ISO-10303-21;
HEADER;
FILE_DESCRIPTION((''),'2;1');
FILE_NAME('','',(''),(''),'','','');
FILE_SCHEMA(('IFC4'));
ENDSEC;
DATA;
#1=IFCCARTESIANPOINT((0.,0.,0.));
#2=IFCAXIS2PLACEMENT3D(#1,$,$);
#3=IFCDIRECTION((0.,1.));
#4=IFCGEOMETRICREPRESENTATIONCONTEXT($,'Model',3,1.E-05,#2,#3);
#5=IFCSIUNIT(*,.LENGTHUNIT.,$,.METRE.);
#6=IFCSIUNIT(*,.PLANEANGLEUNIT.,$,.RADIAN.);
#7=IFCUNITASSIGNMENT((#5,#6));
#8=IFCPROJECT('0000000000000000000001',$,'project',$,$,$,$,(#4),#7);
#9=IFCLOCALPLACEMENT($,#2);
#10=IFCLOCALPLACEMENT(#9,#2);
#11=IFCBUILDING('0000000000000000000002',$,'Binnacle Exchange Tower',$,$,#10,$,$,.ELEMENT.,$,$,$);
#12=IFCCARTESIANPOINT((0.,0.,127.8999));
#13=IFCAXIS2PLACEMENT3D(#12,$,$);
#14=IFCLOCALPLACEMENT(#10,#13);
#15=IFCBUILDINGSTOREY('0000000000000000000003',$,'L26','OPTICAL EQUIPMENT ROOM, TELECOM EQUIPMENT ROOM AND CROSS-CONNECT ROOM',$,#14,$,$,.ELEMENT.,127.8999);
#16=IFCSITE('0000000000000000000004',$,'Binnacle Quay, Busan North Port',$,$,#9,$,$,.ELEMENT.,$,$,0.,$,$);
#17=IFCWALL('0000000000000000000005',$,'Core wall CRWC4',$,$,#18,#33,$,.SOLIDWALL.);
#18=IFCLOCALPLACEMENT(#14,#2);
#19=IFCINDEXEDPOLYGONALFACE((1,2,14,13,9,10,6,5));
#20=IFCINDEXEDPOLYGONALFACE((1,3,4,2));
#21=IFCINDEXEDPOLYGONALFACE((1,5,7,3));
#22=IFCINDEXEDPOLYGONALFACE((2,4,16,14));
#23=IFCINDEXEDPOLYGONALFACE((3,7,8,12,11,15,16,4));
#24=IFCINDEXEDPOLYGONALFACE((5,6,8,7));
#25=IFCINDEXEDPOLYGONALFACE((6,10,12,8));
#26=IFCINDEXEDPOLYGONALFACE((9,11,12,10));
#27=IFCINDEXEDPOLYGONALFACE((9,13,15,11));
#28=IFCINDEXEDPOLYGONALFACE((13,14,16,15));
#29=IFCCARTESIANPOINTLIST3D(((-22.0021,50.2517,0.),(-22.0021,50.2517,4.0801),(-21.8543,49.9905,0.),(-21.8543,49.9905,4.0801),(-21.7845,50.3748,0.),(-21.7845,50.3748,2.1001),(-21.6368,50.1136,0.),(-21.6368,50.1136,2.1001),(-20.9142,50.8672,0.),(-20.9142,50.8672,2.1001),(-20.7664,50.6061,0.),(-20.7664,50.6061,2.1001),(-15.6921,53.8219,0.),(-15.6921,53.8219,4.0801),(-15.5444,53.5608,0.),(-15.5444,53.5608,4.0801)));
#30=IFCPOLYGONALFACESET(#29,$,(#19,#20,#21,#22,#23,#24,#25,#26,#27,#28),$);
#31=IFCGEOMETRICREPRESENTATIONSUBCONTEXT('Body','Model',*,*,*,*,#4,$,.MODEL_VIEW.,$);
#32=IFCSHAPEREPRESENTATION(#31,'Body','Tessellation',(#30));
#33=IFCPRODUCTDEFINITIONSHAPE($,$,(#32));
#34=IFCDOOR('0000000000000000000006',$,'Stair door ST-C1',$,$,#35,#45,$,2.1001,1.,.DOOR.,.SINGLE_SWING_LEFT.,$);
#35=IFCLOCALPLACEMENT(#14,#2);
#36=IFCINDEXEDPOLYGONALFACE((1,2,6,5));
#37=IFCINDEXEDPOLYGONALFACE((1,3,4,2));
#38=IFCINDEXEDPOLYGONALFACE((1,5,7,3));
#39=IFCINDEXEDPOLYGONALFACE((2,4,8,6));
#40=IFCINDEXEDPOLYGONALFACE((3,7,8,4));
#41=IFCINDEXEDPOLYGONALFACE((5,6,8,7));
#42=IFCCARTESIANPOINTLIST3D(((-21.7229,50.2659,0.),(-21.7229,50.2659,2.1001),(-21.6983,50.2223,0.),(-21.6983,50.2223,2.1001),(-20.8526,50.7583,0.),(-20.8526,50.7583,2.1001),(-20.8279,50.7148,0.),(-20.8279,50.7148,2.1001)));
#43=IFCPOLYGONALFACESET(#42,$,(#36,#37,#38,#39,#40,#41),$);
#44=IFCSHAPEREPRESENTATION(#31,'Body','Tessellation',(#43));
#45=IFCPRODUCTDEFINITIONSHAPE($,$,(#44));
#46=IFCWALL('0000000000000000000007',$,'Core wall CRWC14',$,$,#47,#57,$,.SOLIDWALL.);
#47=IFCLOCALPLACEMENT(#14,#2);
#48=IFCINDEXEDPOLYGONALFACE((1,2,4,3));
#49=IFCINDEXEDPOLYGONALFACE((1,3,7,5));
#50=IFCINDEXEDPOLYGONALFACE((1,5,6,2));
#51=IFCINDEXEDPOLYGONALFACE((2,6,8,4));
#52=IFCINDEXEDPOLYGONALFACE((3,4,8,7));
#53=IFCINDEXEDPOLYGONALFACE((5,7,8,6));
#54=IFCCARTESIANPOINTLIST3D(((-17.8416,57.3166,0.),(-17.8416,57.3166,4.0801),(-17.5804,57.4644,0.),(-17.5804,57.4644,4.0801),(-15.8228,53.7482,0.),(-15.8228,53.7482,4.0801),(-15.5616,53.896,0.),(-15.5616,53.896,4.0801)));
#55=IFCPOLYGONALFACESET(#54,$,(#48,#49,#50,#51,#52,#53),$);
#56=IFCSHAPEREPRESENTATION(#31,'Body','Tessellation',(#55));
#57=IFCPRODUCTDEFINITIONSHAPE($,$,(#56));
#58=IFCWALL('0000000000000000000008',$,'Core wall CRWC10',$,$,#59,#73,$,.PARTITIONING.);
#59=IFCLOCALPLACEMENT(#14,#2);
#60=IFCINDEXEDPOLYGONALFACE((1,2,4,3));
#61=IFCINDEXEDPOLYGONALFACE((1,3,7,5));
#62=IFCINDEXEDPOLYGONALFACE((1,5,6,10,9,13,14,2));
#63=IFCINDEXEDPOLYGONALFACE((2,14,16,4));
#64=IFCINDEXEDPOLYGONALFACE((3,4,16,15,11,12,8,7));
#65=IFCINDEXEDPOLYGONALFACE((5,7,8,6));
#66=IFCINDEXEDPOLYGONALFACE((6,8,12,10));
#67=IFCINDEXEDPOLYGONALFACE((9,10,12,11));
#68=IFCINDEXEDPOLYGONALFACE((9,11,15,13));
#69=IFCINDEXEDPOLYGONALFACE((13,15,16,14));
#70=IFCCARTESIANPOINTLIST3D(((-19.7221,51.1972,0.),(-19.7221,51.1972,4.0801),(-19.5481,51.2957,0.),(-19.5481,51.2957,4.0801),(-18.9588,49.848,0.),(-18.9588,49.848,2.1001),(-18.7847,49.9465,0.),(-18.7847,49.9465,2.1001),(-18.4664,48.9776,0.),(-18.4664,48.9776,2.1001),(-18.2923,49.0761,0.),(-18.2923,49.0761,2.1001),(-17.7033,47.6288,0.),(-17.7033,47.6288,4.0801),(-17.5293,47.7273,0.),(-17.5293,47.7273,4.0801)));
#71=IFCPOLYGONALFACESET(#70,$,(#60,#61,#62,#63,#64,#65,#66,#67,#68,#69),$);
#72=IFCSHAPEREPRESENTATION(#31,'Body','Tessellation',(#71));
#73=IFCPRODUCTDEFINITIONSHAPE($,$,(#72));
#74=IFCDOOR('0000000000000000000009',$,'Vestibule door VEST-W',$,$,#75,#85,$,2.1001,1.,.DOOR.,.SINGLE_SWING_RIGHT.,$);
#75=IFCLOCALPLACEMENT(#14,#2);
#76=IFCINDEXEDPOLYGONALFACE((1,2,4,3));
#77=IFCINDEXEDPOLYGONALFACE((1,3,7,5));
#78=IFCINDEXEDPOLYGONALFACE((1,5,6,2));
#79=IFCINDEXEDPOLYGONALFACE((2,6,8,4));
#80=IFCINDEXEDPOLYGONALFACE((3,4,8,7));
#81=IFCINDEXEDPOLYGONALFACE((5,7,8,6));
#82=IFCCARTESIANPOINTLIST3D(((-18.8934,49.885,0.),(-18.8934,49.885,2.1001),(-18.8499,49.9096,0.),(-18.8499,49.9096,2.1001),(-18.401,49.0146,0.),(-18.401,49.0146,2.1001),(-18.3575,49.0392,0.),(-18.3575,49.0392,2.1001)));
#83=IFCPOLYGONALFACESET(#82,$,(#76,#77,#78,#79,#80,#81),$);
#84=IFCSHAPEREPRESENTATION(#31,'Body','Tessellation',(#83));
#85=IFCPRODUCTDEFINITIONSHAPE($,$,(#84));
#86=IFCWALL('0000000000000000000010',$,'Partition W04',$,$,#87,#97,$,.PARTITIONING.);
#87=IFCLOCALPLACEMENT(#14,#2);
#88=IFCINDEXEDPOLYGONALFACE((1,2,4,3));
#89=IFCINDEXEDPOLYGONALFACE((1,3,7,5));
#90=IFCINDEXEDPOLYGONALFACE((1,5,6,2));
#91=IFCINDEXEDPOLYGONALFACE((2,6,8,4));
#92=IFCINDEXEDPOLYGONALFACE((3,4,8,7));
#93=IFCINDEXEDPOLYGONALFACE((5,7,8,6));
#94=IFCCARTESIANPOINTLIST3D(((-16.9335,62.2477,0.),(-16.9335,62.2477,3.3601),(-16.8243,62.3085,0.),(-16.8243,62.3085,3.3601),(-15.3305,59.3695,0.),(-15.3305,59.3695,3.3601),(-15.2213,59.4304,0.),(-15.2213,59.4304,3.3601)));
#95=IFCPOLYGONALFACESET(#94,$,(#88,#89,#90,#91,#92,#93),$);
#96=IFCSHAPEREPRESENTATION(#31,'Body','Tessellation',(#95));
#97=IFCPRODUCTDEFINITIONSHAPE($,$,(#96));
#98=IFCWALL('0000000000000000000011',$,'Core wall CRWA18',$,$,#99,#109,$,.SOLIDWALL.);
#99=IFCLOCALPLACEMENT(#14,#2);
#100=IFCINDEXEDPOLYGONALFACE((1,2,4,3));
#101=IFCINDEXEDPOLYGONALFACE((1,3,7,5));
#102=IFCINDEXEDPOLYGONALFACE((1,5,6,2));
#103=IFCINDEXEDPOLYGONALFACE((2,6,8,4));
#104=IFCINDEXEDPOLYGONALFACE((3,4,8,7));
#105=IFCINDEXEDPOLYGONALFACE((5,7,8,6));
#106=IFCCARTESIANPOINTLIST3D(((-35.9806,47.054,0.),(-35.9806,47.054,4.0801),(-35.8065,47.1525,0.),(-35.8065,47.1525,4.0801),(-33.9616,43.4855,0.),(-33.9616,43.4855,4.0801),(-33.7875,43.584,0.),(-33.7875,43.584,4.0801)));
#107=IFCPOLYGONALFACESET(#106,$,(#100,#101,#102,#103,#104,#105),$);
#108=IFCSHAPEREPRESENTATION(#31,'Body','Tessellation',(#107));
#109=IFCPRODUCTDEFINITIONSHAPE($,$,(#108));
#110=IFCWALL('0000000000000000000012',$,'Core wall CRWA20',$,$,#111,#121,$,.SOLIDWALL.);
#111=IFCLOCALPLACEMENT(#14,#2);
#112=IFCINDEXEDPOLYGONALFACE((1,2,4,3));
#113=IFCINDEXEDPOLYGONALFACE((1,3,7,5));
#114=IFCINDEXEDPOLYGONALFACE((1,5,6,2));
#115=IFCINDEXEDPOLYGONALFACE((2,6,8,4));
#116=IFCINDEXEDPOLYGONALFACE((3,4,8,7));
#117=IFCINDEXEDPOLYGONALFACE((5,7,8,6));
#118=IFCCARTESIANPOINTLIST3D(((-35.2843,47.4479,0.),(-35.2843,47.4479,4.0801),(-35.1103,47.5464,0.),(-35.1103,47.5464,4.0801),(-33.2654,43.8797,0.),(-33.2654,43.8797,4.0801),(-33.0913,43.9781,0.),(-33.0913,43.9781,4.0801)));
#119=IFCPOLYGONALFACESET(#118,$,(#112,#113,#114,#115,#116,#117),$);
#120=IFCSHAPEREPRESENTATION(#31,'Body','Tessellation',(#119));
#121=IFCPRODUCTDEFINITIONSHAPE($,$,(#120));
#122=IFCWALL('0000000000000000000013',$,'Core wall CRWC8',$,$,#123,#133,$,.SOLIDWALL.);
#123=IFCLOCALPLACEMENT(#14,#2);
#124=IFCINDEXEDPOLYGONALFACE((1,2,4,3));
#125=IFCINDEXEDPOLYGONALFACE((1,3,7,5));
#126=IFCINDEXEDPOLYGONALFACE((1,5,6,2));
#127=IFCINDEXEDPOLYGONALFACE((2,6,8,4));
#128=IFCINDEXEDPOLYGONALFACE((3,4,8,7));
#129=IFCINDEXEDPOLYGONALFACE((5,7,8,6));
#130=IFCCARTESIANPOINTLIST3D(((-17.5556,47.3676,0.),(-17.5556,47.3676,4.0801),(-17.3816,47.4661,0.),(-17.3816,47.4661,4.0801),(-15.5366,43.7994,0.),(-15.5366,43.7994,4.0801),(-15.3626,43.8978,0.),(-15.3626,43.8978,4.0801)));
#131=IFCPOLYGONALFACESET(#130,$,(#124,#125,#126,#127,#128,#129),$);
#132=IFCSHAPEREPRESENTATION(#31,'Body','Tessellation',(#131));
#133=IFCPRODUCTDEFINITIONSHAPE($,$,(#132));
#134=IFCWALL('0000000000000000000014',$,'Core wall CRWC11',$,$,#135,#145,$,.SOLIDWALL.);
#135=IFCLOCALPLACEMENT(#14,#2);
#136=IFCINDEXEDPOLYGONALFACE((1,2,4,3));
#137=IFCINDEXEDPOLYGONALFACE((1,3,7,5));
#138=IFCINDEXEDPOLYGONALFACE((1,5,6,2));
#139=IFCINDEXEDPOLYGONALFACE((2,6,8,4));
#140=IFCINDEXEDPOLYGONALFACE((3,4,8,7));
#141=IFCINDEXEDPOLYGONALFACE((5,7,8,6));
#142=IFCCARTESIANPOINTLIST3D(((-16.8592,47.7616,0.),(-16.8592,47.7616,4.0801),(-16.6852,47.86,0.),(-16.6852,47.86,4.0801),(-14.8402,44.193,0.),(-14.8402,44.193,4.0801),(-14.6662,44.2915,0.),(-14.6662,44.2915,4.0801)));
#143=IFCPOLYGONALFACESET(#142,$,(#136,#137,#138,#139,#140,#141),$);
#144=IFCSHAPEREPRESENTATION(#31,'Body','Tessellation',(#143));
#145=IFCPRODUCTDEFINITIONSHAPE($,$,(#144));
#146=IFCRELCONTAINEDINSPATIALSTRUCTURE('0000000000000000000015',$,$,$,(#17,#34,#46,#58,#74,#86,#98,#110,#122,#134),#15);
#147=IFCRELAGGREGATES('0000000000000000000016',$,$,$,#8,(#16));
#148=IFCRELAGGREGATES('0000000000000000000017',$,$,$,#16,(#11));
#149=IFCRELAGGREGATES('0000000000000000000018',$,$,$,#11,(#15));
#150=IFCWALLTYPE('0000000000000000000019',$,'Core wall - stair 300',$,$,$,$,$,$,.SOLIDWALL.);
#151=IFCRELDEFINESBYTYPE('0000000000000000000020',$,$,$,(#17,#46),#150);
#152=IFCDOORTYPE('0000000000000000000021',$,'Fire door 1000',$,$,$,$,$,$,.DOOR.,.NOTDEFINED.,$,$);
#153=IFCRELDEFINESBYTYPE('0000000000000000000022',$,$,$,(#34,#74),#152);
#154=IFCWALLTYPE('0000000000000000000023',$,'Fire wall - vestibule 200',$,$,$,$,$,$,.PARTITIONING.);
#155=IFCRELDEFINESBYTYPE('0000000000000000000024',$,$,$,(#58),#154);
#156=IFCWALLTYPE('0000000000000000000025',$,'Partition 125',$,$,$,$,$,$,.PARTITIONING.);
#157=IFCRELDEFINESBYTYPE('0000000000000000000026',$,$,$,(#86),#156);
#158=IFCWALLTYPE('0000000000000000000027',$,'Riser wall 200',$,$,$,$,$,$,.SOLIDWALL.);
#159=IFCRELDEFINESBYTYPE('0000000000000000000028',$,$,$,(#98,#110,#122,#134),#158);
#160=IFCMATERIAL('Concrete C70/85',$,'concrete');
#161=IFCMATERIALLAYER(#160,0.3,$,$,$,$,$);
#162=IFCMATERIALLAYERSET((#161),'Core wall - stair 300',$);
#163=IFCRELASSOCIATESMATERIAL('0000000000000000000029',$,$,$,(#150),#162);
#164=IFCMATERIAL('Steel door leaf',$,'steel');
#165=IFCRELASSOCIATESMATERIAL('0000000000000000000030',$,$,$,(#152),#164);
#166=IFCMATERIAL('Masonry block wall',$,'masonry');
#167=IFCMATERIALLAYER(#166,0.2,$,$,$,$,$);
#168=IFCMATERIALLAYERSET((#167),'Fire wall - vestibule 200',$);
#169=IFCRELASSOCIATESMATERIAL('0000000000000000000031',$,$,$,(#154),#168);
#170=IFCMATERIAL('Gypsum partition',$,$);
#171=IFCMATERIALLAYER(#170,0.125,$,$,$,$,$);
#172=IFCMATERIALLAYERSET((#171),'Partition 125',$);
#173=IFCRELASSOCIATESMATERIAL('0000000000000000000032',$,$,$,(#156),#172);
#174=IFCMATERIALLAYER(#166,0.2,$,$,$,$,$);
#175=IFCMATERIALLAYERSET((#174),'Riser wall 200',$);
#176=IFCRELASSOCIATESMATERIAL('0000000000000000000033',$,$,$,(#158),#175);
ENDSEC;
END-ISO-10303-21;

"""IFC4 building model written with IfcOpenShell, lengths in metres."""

from ifc_helpers import new_model, si_unit, direction, frame, frame_2d, origin, place, context, subcontext, project, spatial, rectangle, extrude, material, layer, layer_set, type_object, element, fill, save


model = new_model("IFC4")

# Units and contexts
model_context = context("Model", 3, precision=1e-05, world=origin(), true_north=direction((0.0, 1.0)))
body_context = subcontext(model_context, "Body", "Model", "MODEL_VIEW")
ifc_project = project(units=[si_unit("LENGTHUNIT", "METRE"), si_unit("PLANEANGLEUNIT", "RADIAN")], contexts=[model_context])

# Site, building, storey
site_placement = place(None, origin())
site = spatial("IfcSite", under=ifc_project, at=site_placement, Name="Binnacle Quay, Busan North Port", CompositionType="ELEMENT", RefElevation=0.0)
building_placement = place(site_placement, origin())
building = spatial("IfcBuilding", under=site, at=building_placement, Name="Binnacle Exchange Tower", CompositionType="ELEMENT")
storey_placement = place(building_placement, frame((0.0, 0.0, 127.8999)))
storey = spatial("IfcBuildingStorey", under=building, at=storey_placement, Name="L26", Description="OPTICAL EQUIPMENT ROOM, TELECOM EQUIPMENT ROOM AND CROSS-CONNECT ROOM", CompositionType="ELEMENT", Elevation=127.8999)

# Shared definitions
ifc_material_1 = material(Name="Concrete C70/85", Category="concrete")

# Shared definitions
ifc_material_2 = material(Name="Steel door leaf", Category="steel")

# Wall, opening, door
ifc_layer_1 = layer(ifc_material_1, 0.3)
ifc_layer_set_1 = layer_set([ifc_layer_1], Name="Core wall - stair 300")
wall_type_1 = type_object("IfcWallType", Name="Core wall - stair 300", PredefinedType="SOLIDWALL", material=ifc_layer_set_1)
wall_1_placement = place(storey_placement, frame((-21.9282, 50.1211, 0.0), z_axis=(0.0, 0.0, 1.0), x_axis=(0.870341, 0.49245, 0.0)))
wall_1 = element("IfcWall", 1, at=wall_1_placement, inside=storey, type_object=wall_type_1, Name="Core wall CRWC4", PredefinedType="SOLIDWALL", context=body_context, shape_type="SweptSolid", body=[
    extrude(rectangle(XDim=7.25, YDim=0.3, at=frame_2d((3.625, 0.0))), origin(), (0.0, 0.0, 1.0), 4.0801),
])
opening_1_placement = place(wall_1_placement, frame((0.25, 0.0, 0.0)))
opening_1 = element("IfcOpeningElement", 2, at=opening_1_placement, cuts=wall_1, PredefinedType="OPENING", context=body_context, shape_type="SweptSolid", body=[
    extrude(rectangle(XDim=1.0, YDim=2.1001, at=frame_2d((0.5, 1.05))), frame((0.0, 0.1599, 0.0), z_axis=(0.0, -1.0, 0.0), x_axis=(1.0, 0.0, 0.0)), (0.0, 0.0, 1.0), 0.3201),
])
door_type_1 = type_object("IfcDoorType", Name="Fire door 1000", OperationType="NOTDEFINED", PredefinedType="DOOR", material=ifc_material_2)
door_1_placement = place(opening_1_placement, origin())
door_1 = element("IfcDoor", 3, at=door_1_placement, inside=storey, type_object=door_type_1, Name="Stair door ST-C1", OperationType="SINGLE_SWING_LEFT", OverallHeight=2.1001, OverallWidth=1.0, PredefinedType="DOOR", context=body_context, shape_type="SweptSolid", body=[
    extrude(rectangle(XDim=1.0, YDim=2.1001, at=frame_2d((0.5, 1.05))), frame((0.0, 0.0249, 0.0), z_axis=(0.0, -1.0, 0.0), x_axis=(1.0, 0.0, 0.0)), (0.0, 0.0, 1.0), 0.05),
])
fill(opening_1, door_1)

# Wall
wall_2_placement = place(storey_placement, frame((-17.7109, 57.3904, 0.0), z_axis=(0.0, 0.0, 1.0), x_axis=(0.492408, -0.870364, 0.0)))
element("IfcWall", 4, at=wall_2_placement, inside=storey, type_object=wall_type_1, Name="Core wall CRWC14", PredefinedType="SOLIDWALL", context=body_context, shape_type="SweptSolid", body=[
    extrude(rectangle(XDim=4.0999, YDim=0.3, at=frame_2d((2.0498, 0.0))), origin(), (0.0, 0.0, 1.0), 4.0801),
])

# Wall, opening, door
ifc_material_3 = material(Name="Masonry block wall", Category="masonry")
ifc_layer_2 = layer(ifc_material_3, 0.2)
ifc_layer_set_2 = layer_set([ifc_layer_2], Name="Fire wall - vestibule 200")
wall_type_2 = type_object("IfcWallType", Name="Fire wall - vestibule 200", PredefinedType="PARTITIONING", material=ifc_layer_set_2)
wall_3_placement = place(storey_placement, frame((-19.635, 51.2463, 0.0), z_axis=(0.0, 0.0, 1.0), x_axis=(0.492408, -0.870364, 0.0)))
wall_3 = element("IfcWall", 5, at=wall_3_placement, inside=storey, type_object=wall_type_2, Name="Core wall CRWC10", PredefinedType="PARTITIONING", context=body_context, shape_type="SweptSolid", body=[
    extrude(rectangle(XDim=4.0999, YDim=0.2, at=frame_2d((2.0498, 0.0))), origin(), (0.0, 0.0, 1.0), 4.0801),
])
opening_2_placement = place(wall_3_placement, frame((1.55, 0.0, 0.0)))
opening_2 = element("IfcOpeningElement", 6, at=opening_2_placement, cuts=wall_3, PredefinedType="OPENING", context=body_context, shape_type="SweptSolid", body=[
    extrude(rectangle(XDim=1.0, YDim=2.1001, at=frame_2d((0.5, 1.05))), frame((0.0, 0.1099, 0.0), z_axis=(0.0, -1.0, 0.0), x_axis=(1.0, 0.0, 0.0)), (0.0, 0.0, 1.0), 0.22),
])
door_2_placement = place(opening_2_placement, frame((1.0, 0.0, 0.0), z_axis=(0.0, 0.0, 1.0), x_axis=(-1.0, 0.0, 0.0)))
door_2 = element("IfcDoor", 7, at=door_2_placement, inside=storey, type_object=door_type_1, Name="Vestibule door VEST-W", OperationType="SINGLE_SWING_RIGHT", OverallHeight=2.1001, OverallWidth=1.0, PredefinedType="DOOR", context=body_context, shape_type="SweptSolid", body=[
    extrude(rectangle(XDim=1.0, YDim=2.1001, at=frame_2d((0.5, 1.05))), frame((0.0, 0.0249, 0.0), z_axis=(0.0, -1.0, 0.0), x_axis=(1.0, 0.0, 0.0)), (0.0, 0.0, 1.0), 0.05),
])
fill(opening_2, door_2)

# Walls
ifc_material_4 = material(Name="Gypsum partition")
ifc_layer_3 = layer(ifc_material_4, 0.125)
ifc_layer_set_3 = layer_set([ifc_layer_3], Name="Partition 125")
wall_type_3 = type_object("IfcWallType", Name="Partition 125", PredefinedType="PARTITIONING", material=ifc_layer_set_3)
wall_4_placement = place(storey_placement, frame((-16.8789, 62.2781, 0.0), z_axis=(0.0, 0.0, 1.0), x_axis=(0.48658, -0.873636, 0.0)))
element("IfcWall", 8, at=wall_4_placement, inside=storey, type_object=wall_type_3, Name="Partition W04", PredefinedType="PARTITIONING", context=body_context, shape_type="SweptSolid", body=[
    extrude(rectangle(XDim=3.2944, YDim=0.125, at=frame_2d((1.6472, 0.0))), origin(), (0.0, 0.0, 1.0), 3.3601),
])
ifc_layer_4 = layer(ifc_material_3, 0.2)
ifc_layer_set_4 = layer_set([ifc_layer_4], Name="Riser wall 200")
wall_type_4 = type_object("IfcWallType", Name="Riser wall 200", PredefinedType="SOLIDWALL", material=ifc_layer_set_4)
wall_5_placement = place(storey_placement, frame((-35.8936, 47.1033, 0.0), z_axis=(0.0, 0.0, 1.0), x_axis=(0.492428, -0.870353, 0.0)))
element("IfcWall", 9, at=wall_5_placement, inside=storey, type_object=wall_type_4, Name="Core wall CRWA18", PredefinedType="SOLIDWALL", context=body_context, shape_type="SweptSolid", body=[
    extrude(rectangle(XDim=4.1001, YDim=0.2, at=frame_2d((2.05, 0.0))), origin(), (0.0, 0.0, 1.0), 4.0801),
])
for number, where, z_axis, x_axis, name in (
    (10, (-35.1973, 47.4971, 0.0), (0.0, 0.0, 1.0), (0.492454, -0.870339, 0.0), "Core wall CRWA20"),
    (11, (-17.4685, 47.4167, 0.0), (0.0, 0.0, 1.0), (0.492454, -0.870339, 0.0), "Core wall CRWC8"),
):
    element("IfcWall", number, at=place(storey_placement, frame(where, z_axis=z_axis, x_axis=x_axis)), inside=storey, type_object=wall_type_4, Name=name, PredefinedType="SOLIDWALL", context=body_context, shape_type="SweptSolid", body=[
        extrude(rectangle(XDim=4.0999, YDim=0.2, at=frame_2d((2.0498, 0.0))), origin(), (0.0, 0.0, 1.0), 4.0801),
    ])
wall_6_placement = place(storey_placement, frame((-16.7722, 47.8108, 0.0), z_axis=(0.0, 0.0, 1.0), x_axis=(0.492428, -0.870353, 0.0)))
element("IfcWall", 12, at=wall_6_placement, inside=storey, type_object=wall_type_4, Name="Core wall CRWC11", PredefinedType="SOLIDWALL", context=body_context, shape_type="SweptSolid", body=[
    extrude(rectangle(XDim=4.1001, YDim=0.2, at=frame_2d((2.05, 0.0))), origin(), (0.0, 0.0, 1.0), 4.0801),
])

save(model, "model.ifc")
